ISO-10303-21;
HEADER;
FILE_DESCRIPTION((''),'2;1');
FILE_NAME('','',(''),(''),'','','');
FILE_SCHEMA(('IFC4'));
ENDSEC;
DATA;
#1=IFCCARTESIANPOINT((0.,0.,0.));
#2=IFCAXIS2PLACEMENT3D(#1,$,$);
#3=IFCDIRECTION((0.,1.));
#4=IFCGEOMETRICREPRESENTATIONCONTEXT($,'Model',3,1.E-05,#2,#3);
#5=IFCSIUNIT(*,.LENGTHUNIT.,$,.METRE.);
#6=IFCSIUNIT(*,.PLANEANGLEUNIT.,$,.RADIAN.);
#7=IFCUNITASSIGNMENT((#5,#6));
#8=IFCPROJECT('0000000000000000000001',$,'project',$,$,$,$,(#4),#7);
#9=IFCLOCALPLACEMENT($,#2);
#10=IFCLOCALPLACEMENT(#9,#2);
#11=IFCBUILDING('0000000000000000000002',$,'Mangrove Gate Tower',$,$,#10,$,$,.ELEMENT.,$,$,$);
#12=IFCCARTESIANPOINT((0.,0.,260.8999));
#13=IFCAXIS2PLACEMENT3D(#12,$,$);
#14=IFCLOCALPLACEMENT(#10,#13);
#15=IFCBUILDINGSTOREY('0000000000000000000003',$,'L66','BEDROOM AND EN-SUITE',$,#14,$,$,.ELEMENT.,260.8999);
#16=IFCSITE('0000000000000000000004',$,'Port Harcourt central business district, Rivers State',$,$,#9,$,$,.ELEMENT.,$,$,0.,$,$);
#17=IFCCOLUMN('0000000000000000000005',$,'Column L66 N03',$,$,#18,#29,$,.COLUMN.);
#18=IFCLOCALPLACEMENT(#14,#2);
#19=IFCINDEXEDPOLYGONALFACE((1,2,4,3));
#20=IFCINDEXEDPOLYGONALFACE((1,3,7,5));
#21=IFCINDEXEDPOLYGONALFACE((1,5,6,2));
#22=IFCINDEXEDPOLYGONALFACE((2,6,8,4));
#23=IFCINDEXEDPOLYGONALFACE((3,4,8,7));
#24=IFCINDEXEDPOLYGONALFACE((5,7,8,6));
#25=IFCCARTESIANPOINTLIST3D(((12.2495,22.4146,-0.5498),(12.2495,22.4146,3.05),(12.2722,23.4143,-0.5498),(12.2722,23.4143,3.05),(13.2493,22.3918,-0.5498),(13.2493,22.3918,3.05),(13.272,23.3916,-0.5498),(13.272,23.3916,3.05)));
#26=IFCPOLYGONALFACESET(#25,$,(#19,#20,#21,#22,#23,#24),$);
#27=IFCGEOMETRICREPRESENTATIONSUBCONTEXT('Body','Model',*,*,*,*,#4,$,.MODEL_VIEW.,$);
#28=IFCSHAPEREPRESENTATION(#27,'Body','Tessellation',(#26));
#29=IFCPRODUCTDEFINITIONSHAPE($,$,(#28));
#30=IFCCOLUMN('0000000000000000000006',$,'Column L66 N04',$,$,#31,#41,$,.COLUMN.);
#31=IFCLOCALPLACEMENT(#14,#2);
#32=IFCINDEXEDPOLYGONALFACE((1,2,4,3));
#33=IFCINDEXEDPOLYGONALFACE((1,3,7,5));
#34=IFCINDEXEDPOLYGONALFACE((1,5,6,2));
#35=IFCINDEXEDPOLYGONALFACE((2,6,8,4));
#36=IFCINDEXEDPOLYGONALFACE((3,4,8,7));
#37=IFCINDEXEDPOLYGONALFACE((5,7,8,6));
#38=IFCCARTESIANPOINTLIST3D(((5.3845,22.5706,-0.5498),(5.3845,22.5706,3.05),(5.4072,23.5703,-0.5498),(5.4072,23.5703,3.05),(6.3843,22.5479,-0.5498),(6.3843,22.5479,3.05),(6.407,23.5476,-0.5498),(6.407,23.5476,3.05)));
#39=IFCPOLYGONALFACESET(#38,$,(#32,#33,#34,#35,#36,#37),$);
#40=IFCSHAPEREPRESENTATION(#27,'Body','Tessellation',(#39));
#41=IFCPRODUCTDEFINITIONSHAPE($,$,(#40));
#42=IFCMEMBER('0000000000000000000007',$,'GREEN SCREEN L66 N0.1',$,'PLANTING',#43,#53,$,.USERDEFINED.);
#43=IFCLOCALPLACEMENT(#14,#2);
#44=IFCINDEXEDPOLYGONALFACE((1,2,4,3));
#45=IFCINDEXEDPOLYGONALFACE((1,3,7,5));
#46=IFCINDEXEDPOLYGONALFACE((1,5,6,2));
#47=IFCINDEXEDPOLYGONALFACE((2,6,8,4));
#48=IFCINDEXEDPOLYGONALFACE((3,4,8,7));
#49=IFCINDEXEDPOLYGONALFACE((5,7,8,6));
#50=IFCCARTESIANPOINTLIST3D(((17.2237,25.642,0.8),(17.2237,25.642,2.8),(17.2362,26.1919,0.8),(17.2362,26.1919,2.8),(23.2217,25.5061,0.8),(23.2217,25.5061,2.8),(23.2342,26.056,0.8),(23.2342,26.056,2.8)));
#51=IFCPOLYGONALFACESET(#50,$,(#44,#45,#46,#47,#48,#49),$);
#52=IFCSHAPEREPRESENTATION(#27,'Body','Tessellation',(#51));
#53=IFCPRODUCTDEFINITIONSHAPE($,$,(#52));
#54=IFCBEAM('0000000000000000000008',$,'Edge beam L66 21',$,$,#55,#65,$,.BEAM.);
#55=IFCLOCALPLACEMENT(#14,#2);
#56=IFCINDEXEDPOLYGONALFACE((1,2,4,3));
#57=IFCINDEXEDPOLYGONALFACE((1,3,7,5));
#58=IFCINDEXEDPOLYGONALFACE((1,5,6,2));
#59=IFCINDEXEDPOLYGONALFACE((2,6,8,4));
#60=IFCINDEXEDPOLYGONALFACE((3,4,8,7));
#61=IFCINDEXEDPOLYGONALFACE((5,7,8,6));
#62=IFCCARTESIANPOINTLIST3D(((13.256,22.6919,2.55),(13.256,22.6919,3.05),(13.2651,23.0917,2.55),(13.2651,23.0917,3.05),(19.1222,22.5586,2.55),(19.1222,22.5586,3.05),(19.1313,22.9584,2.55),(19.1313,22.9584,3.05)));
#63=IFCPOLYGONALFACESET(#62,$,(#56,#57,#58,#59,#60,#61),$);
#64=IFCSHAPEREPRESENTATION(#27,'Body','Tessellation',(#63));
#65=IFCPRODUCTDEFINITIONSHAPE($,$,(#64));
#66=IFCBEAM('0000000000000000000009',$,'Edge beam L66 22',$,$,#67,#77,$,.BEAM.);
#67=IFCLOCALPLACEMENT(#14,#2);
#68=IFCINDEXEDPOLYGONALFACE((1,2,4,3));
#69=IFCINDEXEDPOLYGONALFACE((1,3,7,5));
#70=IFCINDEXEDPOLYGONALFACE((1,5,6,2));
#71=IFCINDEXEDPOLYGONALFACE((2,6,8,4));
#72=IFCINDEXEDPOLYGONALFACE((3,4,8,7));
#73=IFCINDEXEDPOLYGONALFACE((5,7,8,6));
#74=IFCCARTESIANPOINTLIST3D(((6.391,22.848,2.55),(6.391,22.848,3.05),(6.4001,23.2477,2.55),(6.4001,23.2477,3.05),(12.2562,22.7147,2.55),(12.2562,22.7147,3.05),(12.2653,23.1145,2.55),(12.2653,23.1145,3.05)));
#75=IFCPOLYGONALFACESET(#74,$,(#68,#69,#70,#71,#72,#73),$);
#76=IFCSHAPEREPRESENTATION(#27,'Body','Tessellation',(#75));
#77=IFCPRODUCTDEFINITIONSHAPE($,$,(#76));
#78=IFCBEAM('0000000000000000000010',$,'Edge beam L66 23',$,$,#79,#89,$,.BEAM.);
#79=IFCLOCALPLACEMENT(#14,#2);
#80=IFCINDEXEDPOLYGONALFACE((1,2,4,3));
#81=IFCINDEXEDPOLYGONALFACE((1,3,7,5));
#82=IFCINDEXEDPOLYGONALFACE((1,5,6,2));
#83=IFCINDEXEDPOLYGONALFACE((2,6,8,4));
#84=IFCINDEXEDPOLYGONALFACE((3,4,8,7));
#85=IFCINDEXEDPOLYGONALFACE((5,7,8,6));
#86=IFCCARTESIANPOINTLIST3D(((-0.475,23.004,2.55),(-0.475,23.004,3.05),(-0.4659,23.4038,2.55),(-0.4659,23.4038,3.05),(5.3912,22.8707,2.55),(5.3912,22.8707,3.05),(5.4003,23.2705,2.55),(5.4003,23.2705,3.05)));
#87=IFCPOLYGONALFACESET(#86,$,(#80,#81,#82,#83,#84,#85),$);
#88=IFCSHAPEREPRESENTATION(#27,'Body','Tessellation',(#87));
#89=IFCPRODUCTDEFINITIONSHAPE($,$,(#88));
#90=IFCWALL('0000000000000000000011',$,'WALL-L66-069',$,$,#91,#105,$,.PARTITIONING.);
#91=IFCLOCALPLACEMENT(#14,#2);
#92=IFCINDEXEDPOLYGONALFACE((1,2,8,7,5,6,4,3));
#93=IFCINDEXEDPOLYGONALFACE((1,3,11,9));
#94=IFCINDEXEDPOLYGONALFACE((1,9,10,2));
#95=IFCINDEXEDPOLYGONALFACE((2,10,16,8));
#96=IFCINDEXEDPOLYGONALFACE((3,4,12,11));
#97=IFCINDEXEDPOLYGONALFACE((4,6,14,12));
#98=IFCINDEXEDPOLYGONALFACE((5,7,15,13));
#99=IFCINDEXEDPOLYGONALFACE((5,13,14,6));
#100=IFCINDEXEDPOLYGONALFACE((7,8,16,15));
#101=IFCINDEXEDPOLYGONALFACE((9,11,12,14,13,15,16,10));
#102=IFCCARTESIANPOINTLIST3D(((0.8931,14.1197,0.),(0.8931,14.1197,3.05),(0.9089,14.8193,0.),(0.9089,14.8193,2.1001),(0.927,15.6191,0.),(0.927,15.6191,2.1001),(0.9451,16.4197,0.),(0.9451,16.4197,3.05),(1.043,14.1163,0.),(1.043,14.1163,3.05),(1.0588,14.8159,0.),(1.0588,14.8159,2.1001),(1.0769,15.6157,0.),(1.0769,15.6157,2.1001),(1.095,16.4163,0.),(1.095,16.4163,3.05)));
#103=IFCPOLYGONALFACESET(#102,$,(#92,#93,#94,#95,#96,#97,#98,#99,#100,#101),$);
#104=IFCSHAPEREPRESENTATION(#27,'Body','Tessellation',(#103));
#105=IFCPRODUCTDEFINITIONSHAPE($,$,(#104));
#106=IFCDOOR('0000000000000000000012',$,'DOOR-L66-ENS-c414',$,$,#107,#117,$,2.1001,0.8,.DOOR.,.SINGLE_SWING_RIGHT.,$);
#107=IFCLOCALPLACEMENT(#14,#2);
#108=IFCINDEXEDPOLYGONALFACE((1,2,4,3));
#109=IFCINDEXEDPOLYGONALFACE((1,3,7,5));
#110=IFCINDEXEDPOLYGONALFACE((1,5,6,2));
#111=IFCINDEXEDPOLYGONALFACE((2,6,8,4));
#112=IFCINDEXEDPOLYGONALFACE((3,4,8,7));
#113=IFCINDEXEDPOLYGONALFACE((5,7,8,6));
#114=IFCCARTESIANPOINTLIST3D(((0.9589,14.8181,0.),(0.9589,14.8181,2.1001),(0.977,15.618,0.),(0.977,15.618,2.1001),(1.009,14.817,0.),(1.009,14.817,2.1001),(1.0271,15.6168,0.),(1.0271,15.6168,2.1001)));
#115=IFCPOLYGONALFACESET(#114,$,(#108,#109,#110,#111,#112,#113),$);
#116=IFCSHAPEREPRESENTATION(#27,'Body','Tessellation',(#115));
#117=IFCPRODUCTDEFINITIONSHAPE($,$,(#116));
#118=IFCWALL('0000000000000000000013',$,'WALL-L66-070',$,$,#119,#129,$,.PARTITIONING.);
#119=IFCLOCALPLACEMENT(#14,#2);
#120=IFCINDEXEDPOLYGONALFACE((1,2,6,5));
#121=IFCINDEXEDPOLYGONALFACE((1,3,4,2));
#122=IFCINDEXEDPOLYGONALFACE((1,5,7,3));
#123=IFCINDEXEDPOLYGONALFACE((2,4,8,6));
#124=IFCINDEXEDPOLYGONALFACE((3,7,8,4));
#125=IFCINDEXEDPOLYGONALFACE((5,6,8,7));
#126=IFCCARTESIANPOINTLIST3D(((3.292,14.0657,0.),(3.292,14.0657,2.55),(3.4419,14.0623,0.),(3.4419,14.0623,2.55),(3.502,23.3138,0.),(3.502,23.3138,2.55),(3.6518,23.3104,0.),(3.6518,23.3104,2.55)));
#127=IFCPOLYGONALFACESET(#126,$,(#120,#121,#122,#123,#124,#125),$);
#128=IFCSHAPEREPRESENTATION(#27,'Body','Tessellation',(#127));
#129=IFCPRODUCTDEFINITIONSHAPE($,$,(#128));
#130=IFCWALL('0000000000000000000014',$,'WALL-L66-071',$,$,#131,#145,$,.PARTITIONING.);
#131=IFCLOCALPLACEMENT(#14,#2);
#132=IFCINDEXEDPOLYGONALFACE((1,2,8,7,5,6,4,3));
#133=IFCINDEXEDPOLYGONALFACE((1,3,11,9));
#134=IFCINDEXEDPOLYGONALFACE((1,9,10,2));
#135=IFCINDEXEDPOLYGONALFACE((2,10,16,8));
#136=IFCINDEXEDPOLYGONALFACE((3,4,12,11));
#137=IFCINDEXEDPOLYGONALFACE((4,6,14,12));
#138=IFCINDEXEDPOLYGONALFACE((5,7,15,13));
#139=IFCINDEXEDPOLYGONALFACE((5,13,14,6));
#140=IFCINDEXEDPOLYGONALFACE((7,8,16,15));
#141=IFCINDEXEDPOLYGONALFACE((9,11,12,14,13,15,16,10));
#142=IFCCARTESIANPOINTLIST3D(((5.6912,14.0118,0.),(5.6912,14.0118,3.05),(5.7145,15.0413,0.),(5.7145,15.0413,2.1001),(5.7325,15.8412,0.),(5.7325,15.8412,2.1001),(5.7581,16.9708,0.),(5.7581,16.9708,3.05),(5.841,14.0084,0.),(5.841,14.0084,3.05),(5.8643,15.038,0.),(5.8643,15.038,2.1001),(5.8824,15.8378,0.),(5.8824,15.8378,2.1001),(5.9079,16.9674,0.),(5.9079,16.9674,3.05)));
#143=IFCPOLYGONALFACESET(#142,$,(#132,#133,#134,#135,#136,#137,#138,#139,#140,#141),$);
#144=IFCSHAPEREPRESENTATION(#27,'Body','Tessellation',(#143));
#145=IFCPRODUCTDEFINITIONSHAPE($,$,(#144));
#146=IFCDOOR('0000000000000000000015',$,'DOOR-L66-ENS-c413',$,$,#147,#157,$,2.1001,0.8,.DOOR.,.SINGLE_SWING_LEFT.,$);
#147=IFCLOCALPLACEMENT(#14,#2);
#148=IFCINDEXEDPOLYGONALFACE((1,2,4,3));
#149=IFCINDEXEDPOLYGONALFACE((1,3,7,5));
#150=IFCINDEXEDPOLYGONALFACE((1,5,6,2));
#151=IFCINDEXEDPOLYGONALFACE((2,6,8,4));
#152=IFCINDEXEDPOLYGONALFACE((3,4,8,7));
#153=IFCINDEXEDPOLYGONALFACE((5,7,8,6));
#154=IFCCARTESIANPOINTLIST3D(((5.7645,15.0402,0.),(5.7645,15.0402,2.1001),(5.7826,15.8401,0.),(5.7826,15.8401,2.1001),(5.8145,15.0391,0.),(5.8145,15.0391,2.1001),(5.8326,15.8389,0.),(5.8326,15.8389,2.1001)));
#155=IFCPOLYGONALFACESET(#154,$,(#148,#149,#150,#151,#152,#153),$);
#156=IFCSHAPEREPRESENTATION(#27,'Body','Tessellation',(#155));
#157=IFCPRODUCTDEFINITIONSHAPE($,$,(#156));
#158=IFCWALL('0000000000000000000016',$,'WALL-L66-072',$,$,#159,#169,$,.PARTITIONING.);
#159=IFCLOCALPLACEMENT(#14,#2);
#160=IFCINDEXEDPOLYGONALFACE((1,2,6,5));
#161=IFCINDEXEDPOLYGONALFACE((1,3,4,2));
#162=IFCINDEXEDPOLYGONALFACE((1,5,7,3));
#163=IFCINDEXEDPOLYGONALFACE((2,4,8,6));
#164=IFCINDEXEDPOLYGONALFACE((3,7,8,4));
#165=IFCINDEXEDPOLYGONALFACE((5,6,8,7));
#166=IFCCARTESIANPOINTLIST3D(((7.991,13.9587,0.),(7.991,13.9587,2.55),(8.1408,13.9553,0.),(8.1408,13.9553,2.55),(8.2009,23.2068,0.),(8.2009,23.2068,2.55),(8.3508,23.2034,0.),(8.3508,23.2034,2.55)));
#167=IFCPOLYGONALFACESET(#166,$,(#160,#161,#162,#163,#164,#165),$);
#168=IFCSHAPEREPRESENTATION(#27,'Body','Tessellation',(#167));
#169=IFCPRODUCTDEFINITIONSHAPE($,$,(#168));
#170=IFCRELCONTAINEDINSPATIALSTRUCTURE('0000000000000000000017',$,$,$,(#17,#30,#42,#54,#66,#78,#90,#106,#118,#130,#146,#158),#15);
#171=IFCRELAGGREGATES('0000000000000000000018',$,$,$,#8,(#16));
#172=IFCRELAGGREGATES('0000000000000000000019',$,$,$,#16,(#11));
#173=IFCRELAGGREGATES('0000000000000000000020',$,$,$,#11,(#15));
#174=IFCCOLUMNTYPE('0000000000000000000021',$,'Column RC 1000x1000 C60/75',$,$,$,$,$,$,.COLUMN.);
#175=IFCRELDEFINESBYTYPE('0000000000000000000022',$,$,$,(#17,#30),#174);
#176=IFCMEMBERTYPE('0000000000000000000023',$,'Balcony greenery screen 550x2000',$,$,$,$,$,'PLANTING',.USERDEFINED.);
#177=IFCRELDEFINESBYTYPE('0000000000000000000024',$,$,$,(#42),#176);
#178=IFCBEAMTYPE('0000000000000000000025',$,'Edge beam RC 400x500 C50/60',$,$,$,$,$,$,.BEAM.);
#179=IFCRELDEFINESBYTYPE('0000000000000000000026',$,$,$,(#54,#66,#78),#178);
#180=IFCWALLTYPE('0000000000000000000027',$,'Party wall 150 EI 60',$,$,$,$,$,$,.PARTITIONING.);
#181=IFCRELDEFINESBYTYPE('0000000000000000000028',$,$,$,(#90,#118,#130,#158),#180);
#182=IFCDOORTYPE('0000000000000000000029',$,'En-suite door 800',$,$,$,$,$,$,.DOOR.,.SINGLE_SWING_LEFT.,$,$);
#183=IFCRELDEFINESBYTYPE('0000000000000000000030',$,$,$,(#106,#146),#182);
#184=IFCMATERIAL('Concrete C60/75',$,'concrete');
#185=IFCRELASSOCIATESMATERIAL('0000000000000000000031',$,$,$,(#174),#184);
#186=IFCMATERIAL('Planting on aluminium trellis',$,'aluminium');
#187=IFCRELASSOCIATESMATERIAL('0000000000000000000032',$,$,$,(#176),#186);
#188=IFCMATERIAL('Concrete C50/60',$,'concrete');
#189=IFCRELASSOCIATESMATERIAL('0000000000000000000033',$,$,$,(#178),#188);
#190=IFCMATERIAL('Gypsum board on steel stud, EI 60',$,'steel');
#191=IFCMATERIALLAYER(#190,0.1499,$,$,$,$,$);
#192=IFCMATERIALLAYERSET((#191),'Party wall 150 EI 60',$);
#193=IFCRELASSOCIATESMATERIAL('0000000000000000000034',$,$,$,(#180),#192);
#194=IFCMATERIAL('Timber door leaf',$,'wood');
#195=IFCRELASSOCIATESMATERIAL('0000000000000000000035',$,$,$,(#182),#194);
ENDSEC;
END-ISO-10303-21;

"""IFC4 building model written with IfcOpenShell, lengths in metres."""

from ifc_helpers import new_model, si_unit, direction, frame, frame_2d, origin, origin_2d, place, context, subcontext, project, spatial, rectangle, extrude, material, layer, layer_set, material_profile, profile_set, type_object, element, fill, save


model = new_model("IFC4")

# Units and contexts
model_context = context("Model", 3, precision=1e-05, world=origin(), true_north=direction((0.0, 1.0)))
body_context = subcontext(model_context, "Body", "Model", "MODEL_VIEW")
ifc_project = project(units=[si_unit("LENGTHUNIT", "METRE"), si_unit("PLANEANGLEUNIT", "RADIAN")], contexts=[model_context])

# Site, building, storey
site_placement = place(None, origin())
site = spatial("IfcSite", under=ifc_project, at=site_placement, Name="Port Harcourt central business district, Rivers State", CompositionType="ELEMENT", RefElevation=0.0)
building_placement = place(site_placement, origin())
building = spatial("IfcBuilding", under=site, at=building_placement, Name="Mangrove Gate Tower", CompositionType="ELEMENT")
storey_placement = place(building_placement, frame((0.0, 0.0, 260.8999)))
storey = spatial("IfcBuildingStorey", under=building, at=storey_placement, Name="L66", Description="BEDROOM AND EN-SUITE", CompositionType="ELEMENT", Elevation=260.8999)

# Columns
ifc_material_1 = material(Name="Concrete C60/75", Category="concrete")
ifc_material_profile_1 = material_profile(ifc_material_1, rectangle(XDim=1.0, YDim=1.0, at=origin_2d()))
ifc_profile_set_1 = profile_set([ifc_material_profile_1], Name="Concrete C60/75")
column_type = type_object("IfcColumnType", Name="Column RC 1000x1000 C60/75", PredefinedType="COLUMN", material=ifc_profile_set_1)
for number, where, z_axis, x_axis, name in (
    (1, (12.7607, 22.9031, -0.5498), (0.0, 0.0, 1.0), (-0.999742, 0.022716, 0.0), "Column L66 N03"),
    (2, (5.8958, 23.0591, -0.5498), (0.0, 0.0, 1.0), (-0.999742, 0.022716, 0.0), "Column L66 N04"),
):
    element("IfcColumn", number, at=place(storey_placement, frame(where, z_axis=z_axis, x_axis=x_axis)), inside=storey, type_object=column_type, Name=name, PredefinedType="COLUMN", context=body_context, shape_type="SweptSolid", body=[
        extrude(rectangle(XDim=1.0, YDim=1.0, at=origin_2d()), origin(), (0.0, 0.0, 1.0), 3.5999),
    ])

# Member
ifc_material_2 = material(Name="Planting on aluminium trellis", Category="aluminium")
ifc_material_profile_2 = material_profile(ifc_material_2, rectangle(XDim=0.55, YDim=2.0, at=origin_2d()))
ifc_profile_set_2 = profile_set([ifc_material_profile_2], Name="Planting on aluminium trellis")
member_type = type_object("IfcMemberType", Name="Balcony greenery screen 550x2000", ElementType="PLANTING", PredefinedType="USERDEFINED", material=ifc_profile_set_2)
member_placement = place(storey_placement, frame((17.23, 25.917, 1.8), z_axis=(0.999743, -0.022666, 0.0), x_axis=(0.022666, 0.999743, 0.0)))
element("IfcMember", 3, at=member_placement, inside=storey, type_object=member_type, Name="GREEN SCREEN L66 N0.1", ObjectType="PLANTING", PredefinedType="USERDEFINED", context=body_context, shape_type="SweptSolid", body=[
    extrude(rectangle(XDim=0.55, YDim=2.0, at=origin_2d()), origin(), (0.0, 0.0, 1.0), 5.9995),
])

# Beams
ifc_material_3 = material(Name="Concrete C50/60", Category="concrete")
ifc_material_profile_3 = material_profile(ifc_material_3, rectangle(XDim=0.3999, YDim=0.5, at=origin_2d()))
ifc_profile_set_3 = profile_set([ifc_material_profile_3], Name="Concrete C50/60")
beam_type = type_object("IfcBeamType", Name="Edge beam RC 400x500 C50/60", PredefinedType="BEAM", material=ifc_profile_set_3)
beam_1_placement = place(storey_placement, frame((19.1267, 22.7585, 2.8), z_axis=(-0.999742, 0.022718, 0.0), x_axis=(-0.022718, -0.999742, 0.0)))
element("IfcBeam", 4, at=beam_1_placement, inside=storey, type_object=beam_type, Name="Edge beam L66 21", PredefinedType="BEAM", context=body_context, shape_type="SweptSolid", body=[
    extrude(rectangle(XDim=0.3999, YDim=0.5, at=origin_2d()), origin(), (0.0, 0.0, 1.0), 5.8677),
])
beam_2_placement = place(storey_placement, frame((12.2607, 22.9146, 2.8), z_axis=(-0.999742, 0.022721, 0.0), x_axis=(-0.022721, -0.999742, 0.0)))
element("IfcBeam", 5, at=beam_2_placement, inside=storey, type_object=beam_type, Name="Edge beam L66 22", PredefinedType="BEAM", context=body_context, shape_type="SweptSolid", body=[
    extrude(rectangle(XDim=0.3999, YDim=0.5, at=origin_2d()), origin(), (0.0, 0.0, 1.0), 5.8667),
])
beam_3_placement = place(storey_placement, frame((5.3958, 23.0706, 2.8), z_axis=(-0.999742, 0.022718, 0.0), x_axis=(-0.022718, -0.999742, 0.0)))
element("IfcBeam", 6, at=beam_3_placement, inside=storey, type_object=beam_type, Name="Edge beam L66 23", PredefinedType="BEAM", context=body_context, shape_type="SweptSolid", body=[
    extrude(rectangle(XDim=0.3999, YDim=0.5, at=origin_2d()), origin(), (0.0, 0.0, 1.0), 5.8677),
])

# Wall, opening, door
ifc_material_4 = material(Name="Gypsum board on steel stud, EI 60", Category="steel")
ifc_layer_1 = layer(ifc_material_4, 0.1499)
ifc_layer_set_1 = layer_set([ifc_layer_1], Name="Party wall 150 EI 60")
wall_type_1 = type_object("IfcWallType", Name="Party wall 150 EI 60", PredefinedType="PARTITIONING", material=ifc_layer_set_1)
wall_1_placement = place(storey_placement, frame((0.968, 14.1179, 0.0), z_axis=(0.0, 0.0, 1.0), x_axis=(0.022603, 0.999745, 0.0)))
wall_1 = element("IfcWall", 7, at=wall_1_placement, inside=storey, type_object=wall_type_1, Name="WALL-L66-069", PredefinedType="PARTITIONING", context=body_context, shape_type="SweptSolid", body=[
    extrude(rectangle(XDim=2.3005, YDim=0.1499, at=frame_2d((1.1504, 0.0))), origin(), (0.0, 0.0, 1.0), 3.05),
])
opening_1_placement = place(wall_1_placement, frame((0.7, 0.0, 0.0)))
opening_1 = element("IfcOpeningElement", 8, at=opening_1_placement, cuts=wall_1, PredefinedType="OPENING", context=body_context, shape_type="SweptSolid", body=[
    extrude(rectangle(XDim=0.8, YDim=2.1001, at=frame_2d((0.3999, 1.05))), frame((0.0, 0.085, 0.0), z_axis=(0.0, -1.0, 0.0), x_axis=(1.0, 0.0, 0.0)), (0.0, 0.0, 1.0), 0.1699),
])
ifc_material_5 = material(Name="Timber door leaf", Category="wood")
door_type = type_object("IfcDoorType", Name="En-suite door 800", OperationType="SINGLE_SWING_LEFT", PredefinedType="DOOR", material=ifc_material_5)
door_1_placement = place(opening_1_placement, origin())
door_1 = element("IfcDoor", 9, at=door_1_placement, inside=storey, type_object=door_type, Name="DOOR-L66-ENS-c414", OperationType="SINGLE_SWING_RIGHT", OverallHeight=2.1001, OverallWidth=0.8, PredefinedType="DOOR", context=body_context, shape_type="SweptSolid", body=[
    extrude(rectangle(XDim=0.8, YDim=2.1001, at=frame_2d((0.3999, 1.05))), frame((0.0, 0.0249, 0.0), z_axis=(0.0, -1.0, 0.0), x_axis=(1.0, 0.0, 0.0)), (0.0, 0.0, 1.0), 0.05),
])
fill(opening_1, door_1)

# Wall
wall_2_placement = place(storey_placement, frame((3.3669, 14.064, 0.0), z_axis=(0.0, 0.0, 1.0), x_axis=(0.022697, 0.999742, 0.0)))
element("IfcWall", 10, at=wall_2_placement, inside=storey, type_object=wall_type_1, Name="WALL-L66-070", PredefinedType="PARTITIONING", context=body_context, shape_type="SweptSolid", body=[
    extrude(rectangle(XDim=9.2505, YDim=0.1499, at=frame_2d((4.6252, 0.0))), origin(), (0.0, 0.0, 1.0), 2.55),
])

# Wall, opening, door
wall_3_placement = place(storey_placement, frame((5.7661, 14.01, 0.0), z_axis=(0.0, 0.0, 1.0), x_axis=(0.022601, 0.999745, 0.0)))
wall_3 = element("IfcWall", 11, at=wall_3_placement, inside=storey, type_object=wall_type_1, Name="WALL-L66-071", PredefinedType="PARTITIONING", context=body_context, shape_type="SweptSolid", body=[
    extrude(rectangle(XDim=2.9597, YDim=0.1499, at=frame_2d((1.48, 0.0))), origin(), (0.0, 0.0, 1.0), 3.05),
])
opening_2_placement = place(wall_3_placement, frame((1.03, 0.0, 0.0)))
opening_2 = element("IfcOpeningElement", 12, at=opening_2_placement, cuts=wall_3, PredefinedType="OPENING", context=body_context, shape_type="SweptSolid", body=[
    extrude(rectangle(XDim=0.8, YDim=2.1001, at=frame_2d((0.3999, 1.05))), frame((0.0, 0.085, 0.0), z_axis=(0.0, -1.0, 0.0), x_axis=(1.0, 0.0, 0.0)), (0.0, 0.0, 1.0), 0.1699),
])
door_2_placement = place(opening_2_placement, origin())
door_2 = element("IfcDoor", 13, at=door_2_placement, inside=storey, type_object=door_type, Name="DOOR-L66-ENS-c413", OperationType="SINGLE_SWING_LEFT", OverallHeight=2.1001, OverallWidth=0.8, PredefinedType="DOOR", context=body_context, shape_type="SweptSolid", body=[
    extrude(rectangle(XDim=0.8, YDim=2.1001, at=frame_2d((0.3999, 1.05))), frame((0.0, 0.0249, 0.0), z_axis=(0.0, -1.0, 0.0), x_axis=(1.0, 0.0, 0.0)), (0.0, 0.0, 1.0), 0.05),
])
fill(opening_2, door_2)

# Wall
wall_4_placement = place(storey_placement, frame((8.0659, 13.957, 0.0), z_axis=(0.0, 0.0, 1.0), x_axis=(0.022697, 0.999742, 0.0)))
element("IfcWall", 14, at=wall_4_placement, inside=storey, type_object=wall_type_1, Name="WALL-L66-072", PredefinedType="PARTITIONING", context=body_context, shape_type="SweptSolid", body=[
    extrude(rectangle(XDim=9.2505, YDim=0.1499, at=frame_2d((4.6252, 0.0))), origin(), (0.0, 0.0, 1.0), 2.55),
])

save(model, "model.ifc")
